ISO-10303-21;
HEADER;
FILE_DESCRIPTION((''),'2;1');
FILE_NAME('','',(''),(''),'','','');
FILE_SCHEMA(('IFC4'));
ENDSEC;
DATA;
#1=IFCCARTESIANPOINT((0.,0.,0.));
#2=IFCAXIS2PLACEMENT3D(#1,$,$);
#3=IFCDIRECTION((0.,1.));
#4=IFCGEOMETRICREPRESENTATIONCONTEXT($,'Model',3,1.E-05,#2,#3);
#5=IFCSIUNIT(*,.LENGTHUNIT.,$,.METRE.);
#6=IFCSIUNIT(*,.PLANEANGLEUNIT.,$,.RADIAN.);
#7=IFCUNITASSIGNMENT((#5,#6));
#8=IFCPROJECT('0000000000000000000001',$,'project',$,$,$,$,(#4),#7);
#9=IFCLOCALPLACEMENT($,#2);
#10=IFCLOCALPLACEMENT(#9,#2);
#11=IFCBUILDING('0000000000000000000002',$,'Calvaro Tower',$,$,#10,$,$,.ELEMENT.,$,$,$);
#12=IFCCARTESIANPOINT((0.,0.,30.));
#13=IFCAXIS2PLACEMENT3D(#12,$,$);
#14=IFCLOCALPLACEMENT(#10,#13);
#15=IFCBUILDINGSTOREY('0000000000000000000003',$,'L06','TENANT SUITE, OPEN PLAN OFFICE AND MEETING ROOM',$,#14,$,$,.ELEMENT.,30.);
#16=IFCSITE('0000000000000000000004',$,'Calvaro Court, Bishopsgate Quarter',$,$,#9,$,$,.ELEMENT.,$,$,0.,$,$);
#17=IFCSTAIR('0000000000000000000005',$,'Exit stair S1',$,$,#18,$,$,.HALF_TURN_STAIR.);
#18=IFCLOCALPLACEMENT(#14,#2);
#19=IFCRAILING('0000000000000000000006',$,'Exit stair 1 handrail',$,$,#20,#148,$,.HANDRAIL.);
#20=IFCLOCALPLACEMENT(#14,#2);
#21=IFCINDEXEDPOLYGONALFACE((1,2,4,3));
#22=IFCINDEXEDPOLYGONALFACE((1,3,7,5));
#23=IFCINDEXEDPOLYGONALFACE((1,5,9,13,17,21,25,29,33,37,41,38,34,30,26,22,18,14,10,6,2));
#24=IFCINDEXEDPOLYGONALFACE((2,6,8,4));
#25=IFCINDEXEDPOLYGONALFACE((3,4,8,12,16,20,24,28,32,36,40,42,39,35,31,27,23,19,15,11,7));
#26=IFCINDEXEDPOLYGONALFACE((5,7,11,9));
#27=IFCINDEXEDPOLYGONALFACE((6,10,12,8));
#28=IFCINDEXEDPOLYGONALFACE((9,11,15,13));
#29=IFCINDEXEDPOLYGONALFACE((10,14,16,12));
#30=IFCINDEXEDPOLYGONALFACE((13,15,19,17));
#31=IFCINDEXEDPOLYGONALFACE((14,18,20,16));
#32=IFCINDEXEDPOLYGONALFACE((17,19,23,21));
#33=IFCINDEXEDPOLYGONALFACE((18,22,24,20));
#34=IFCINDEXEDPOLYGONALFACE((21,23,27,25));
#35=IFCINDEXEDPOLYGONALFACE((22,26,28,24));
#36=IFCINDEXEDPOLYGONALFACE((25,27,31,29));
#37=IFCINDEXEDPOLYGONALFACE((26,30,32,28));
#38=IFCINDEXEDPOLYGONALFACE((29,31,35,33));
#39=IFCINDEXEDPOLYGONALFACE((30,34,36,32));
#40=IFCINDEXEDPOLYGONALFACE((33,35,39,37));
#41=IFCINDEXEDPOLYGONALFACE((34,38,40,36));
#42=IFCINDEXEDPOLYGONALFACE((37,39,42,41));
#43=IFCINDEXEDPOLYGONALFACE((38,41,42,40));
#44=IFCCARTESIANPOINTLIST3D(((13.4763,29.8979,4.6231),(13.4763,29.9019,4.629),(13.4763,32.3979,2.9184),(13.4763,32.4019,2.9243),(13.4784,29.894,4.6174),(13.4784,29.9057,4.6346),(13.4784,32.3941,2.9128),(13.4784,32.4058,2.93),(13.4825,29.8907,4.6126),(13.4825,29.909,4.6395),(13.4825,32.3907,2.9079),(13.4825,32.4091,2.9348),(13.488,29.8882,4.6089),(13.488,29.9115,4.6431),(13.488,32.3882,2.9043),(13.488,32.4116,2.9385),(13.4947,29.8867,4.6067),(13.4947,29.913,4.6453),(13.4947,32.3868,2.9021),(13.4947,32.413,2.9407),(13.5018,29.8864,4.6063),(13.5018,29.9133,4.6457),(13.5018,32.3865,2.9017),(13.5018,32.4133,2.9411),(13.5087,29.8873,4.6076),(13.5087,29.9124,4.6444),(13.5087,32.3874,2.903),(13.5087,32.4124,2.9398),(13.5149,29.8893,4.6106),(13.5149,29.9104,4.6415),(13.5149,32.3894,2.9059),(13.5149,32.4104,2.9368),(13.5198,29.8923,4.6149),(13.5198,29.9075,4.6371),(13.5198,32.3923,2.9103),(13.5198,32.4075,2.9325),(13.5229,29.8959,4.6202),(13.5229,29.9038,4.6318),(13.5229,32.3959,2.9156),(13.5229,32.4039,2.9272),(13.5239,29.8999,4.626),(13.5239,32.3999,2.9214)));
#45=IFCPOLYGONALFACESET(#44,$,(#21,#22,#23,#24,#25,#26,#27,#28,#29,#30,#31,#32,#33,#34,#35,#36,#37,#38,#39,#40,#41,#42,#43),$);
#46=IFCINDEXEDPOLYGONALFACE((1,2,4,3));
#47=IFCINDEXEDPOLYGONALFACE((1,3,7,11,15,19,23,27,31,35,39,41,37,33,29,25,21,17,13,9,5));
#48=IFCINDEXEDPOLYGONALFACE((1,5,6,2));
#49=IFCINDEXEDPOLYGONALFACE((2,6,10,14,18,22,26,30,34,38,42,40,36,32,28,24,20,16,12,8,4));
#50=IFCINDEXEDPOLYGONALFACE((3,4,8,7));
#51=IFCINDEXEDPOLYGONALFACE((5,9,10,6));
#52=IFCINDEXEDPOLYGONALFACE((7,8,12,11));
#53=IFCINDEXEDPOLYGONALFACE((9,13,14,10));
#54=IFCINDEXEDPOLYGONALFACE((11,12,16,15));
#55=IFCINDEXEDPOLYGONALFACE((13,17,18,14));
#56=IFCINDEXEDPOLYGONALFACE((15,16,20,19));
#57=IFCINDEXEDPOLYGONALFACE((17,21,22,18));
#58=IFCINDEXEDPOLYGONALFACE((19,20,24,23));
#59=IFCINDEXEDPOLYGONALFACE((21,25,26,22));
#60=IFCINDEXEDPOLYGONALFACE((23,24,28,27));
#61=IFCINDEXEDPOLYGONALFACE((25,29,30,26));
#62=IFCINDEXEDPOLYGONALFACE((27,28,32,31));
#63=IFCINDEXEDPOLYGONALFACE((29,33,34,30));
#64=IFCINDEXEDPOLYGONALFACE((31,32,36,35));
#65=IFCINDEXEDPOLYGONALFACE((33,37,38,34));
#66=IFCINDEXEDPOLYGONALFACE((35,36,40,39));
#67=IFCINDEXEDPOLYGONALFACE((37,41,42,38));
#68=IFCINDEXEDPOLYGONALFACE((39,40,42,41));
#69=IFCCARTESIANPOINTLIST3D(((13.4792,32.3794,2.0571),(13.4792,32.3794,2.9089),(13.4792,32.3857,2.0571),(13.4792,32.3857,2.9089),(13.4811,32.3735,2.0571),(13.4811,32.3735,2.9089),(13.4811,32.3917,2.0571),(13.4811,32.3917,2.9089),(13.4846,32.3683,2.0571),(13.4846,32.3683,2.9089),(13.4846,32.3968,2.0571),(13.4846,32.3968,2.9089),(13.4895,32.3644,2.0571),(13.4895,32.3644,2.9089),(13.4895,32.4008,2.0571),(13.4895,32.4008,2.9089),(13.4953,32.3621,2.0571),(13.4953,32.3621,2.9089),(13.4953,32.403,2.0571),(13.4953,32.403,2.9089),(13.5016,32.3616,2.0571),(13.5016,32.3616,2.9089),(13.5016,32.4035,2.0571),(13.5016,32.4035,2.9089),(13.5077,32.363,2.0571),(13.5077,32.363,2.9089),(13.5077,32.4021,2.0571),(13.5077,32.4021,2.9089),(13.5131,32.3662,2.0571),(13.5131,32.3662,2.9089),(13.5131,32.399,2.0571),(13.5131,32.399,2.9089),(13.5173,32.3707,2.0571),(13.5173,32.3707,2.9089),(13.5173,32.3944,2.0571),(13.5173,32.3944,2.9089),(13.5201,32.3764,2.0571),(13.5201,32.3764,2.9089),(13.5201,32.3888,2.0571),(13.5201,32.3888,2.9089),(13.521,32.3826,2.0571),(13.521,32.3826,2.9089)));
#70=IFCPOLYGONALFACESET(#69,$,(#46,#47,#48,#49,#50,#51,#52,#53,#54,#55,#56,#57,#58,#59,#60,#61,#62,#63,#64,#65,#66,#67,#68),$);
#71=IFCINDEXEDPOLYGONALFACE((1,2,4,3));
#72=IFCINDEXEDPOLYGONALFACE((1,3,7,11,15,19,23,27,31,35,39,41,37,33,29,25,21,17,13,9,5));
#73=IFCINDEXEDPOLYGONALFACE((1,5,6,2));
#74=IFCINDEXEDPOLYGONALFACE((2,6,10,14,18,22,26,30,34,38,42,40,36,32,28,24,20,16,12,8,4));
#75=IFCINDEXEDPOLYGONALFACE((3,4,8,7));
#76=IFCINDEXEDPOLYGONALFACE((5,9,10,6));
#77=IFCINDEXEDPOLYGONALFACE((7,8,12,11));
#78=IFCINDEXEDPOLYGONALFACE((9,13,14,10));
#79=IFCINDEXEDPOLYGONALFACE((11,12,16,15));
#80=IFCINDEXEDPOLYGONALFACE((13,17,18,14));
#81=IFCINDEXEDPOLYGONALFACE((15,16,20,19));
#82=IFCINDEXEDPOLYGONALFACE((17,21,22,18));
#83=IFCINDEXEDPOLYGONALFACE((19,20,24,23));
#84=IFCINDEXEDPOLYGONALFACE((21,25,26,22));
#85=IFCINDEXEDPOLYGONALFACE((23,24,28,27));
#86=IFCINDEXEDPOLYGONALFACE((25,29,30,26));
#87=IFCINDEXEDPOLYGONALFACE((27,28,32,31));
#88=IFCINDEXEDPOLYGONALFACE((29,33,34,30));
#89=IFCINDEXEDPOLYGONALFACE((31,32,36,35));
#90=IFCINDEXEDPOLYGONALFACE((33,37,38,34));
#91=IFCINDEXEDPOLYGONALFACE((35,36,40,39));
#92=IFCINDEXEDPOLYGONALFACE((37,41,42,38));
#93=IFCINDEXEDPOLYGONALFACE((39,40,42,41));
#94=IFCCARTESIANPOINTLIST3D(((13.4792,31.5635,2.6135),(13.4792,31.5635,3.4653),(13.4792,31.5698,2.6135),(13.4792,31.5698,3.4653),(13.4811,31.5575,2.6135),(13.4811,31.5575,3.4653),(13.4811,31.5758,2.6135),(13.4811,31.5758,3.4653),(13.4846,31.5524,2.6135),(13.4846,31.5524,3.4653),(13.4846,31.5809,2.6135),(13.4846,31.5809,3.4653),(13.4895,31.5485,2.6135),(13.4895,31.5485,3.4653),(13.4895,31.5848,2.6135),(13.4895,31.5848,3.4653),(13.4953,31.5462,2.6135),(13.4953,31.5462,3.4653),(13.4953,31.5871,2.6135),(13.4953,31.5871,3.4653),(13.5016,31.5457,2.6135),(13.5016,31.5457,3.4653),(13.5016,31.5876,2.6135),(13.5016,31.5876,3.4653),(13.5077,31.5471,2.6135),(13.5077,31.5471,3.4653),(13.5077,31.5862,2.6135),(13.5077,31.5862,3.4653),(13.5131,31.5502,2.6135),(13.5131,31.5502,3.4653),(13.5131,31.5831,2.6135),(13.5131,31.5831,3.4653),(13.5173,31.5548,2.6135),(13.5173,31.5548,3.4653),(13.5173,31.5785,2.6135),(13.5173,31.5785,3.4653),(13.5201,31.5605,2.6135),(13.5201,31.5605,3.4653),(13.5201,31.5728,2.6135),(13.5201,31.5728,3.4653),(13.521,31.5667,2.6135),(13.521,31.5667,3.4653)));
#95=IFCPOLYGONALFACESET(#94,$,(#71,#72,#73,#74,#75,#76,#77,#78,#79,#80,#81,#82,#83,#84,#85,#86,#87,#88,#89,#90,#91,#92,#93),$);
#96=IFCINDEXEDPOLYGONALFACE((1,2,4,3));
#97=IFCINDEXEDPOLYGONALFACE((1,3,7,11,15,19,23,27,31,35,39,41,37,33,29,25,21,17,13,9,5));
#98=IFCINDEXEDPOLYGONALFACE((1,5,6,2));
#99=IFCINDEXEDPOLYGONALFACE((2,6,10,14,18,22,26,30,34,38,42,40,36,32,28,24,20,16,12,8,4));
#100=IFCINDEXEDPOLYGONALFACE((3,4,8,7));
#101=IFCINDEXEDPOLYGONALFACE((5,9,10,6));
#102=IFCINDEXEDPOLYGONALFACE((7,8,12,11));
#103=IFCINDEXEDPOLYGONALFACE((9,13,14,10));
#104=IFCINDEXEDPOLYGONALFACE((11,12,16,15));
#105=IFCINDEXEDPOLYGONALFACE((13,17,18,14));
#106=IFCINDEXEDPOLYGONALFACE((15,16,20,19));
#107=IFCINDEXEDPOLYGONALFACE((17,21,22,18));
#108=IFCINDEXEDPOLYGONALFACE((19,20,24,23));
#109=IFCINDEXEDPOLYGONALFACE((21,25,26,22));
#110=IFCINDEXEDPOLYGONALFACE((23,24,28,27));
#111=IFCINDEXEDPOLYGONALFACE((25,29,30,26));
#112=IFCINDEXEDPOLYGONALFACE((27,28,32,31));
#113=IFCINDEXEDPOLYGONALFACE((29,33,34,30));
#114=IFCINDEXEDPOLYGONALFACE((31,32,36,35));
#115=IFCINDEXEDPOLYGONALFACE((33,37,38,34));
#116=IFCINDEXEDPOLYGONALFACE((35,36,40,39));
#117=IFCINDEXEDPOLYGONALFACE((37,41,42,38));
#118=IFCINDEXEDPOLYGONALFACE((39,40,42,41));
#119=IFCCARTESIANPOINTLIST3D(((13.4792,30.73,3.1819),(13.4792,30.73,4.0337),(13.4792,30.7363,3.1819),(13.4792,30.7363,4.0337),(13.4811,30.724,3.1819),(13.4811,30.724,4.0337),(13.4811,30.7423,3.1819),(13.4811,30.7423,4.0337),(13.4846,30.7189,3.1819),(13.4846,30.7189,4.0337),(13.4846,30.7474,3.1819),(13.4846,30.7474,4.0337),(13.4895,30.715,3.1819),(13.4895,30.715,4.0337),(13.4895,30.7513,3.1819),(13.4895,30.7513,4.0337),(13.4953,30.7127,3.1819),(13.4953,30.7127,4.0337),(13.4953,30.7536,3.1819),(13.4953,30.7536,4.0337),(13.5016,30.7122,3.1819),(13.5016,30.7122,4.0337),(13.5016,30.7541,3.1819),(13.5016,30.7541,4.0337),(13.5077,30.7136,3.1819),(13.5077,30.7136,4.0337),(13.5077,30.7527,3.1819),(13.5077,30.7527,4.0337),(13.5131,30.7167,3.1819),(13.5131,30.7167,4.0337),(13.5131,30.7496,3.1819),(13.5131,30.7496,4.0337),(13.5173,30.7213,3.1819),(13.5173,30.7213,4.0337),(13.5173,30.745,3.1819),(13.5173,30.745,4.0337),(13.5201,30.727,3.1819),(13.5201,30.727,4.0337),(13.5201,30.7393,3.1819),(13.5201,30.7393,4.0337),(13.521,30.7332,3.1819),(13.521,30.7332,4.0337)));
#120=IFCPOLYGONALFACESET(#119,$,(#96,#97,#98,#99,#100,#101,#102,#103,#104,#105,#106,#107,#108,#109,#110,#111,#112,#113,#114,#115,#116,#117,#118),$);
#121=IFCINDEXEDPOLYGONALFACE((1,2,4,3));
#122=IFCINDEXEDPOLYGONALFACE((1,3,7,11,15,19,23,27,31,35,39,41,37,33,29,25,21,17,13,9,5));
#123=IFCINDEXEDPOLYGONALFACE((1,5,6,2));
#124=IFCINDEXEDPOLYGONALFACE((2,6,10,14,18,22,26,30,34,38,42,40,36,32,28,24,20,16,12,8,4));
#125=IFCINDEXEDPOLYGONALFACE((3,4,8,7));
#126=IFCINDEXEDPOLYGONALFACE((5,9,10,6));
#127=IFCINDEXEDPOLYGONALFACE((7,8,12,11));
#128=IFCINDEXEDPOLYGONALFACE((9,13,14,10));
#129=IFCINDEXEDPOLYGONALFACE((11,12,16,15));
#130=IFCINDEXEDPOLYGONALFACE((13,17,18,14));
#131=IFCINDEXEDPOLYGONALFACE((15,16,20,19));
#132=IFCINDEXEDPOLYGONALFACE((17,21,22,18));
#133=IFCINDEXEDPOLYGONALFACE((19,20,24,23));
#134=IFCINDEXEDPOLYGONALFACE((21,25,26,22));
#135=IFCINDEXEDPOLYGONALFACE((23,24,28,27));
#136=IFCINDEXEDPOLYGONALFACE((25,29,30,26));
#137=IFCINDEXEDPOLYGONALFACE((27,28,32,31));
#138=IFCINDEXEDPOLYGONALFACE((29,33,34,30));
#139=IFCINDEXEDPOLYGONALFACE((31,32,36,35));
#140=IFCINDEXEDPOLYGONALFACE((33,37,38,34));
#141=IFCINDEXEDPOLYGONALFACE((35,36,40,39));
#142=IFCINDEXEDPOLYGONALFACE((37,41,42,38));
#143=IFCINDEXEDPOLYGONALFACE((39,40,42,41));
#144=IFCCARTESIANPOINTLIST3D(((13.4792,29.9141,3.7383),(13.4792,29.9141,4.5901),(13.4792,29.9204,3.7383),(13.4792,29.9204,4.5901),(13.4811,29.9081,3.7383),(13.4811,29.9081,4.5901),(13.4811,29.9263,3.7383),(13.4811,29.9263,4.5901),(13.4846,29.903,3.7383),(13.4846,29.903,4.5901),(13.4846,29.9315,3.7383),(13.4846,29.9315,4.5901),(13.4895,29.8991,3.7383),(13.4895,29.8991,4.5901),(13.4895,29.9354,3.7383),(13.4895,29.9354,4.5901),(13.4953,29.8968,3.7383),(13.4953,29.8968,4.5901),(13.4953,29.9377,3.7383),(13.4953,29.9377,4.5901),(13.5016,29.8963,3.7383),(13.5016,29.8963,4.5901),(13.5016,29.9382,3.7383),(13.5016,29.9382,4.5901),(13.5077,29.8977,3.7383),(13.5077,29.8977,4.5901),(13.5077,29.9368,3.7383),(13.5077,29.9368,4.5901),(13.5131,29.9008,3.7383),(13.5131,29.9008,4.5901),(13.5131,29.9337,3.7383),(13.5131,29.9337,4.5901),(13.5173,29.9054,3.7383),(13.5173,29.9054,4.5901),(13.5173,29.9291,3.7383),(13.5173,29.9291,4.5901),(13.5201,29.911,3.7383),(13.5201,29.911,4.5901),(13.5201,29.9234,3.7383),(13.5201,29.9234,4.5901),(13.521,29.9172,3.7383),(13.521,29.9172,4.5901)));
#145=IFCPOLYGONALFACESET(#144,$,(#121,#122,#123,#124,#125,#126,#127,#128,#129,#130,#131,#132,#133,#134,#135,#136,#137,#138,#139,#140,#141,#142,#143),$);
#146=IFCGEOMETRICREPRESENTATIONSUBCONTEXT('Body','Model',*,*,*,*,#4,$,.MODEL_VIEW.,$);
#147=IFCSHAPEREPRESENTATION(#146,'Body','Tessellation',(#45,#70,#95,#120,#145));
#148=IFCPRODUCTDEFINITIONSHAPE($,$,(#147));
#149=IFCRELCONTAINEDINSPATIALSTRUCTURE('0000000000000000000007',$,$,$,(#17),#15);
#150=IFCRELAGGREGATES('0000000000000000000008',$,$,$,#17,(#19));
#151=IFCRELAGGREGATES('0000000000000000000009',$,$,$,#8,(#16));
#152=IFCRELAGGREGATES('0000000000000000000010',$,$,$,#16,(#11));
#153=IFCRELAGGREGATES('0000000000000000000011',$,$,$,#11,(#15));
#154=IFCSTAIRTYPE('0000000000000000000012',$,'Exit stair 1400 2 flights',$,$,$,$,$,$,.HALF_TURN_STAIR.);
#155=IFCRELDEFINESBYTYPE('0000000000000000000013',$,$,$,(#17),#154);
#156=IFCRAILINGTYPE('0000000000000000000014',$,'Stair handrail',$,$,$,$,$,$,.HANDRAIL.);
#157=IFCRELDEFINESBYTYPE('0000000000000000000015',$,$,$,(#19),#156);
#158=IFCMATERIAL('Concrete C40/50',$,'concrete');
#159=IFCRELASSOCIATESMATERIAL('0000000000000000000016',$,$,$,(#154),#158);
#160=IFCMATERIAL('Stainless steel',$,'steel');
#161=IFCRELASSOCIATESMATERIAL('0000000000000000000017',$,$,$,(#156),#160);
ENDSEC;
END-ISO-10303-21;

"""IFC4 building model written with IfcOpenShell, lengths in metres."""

from ifc_helpers import new_model, si_unit, direction, frame, origin, origin_2d, place, context, subcontext, project, spatial, circle, extrude, material, type_object, element, aggregate, save


model = new_model("IFC4")

# Units and contexts
model_context = context("Model", 3, precision=1e-05, world=origin(), true_north=direction((0.0, 1.0)))
body_context = subcontext(model_context, "Body", "Model", "MODEL_VIEW")
ifc_project = project(units=[si_unit("LENGTHUNIT", "METRE"), si_unit("PLANEANGLEUNIT", "RADIAN")], contexts=[model_context])

# Site, building, storey
site_placement = place(None, origin())
site = spatial("IfcSite", under=ifc_project, at=site_placement, Name="Calvaro Court, Bishopsgate Quarter", CompositionType="ELEMENT", RefElevation=0.0)
building_placement = place(site_placement, origin())
building = spatial("IfcBuilding", under=site, at=building_placement, Name="Calvaro Tower", CompositionType="ELEMENT")
storey_placement = place(building_placement, frame((0.0, 0.0, 30.0)))
storey = spatial("IfcBuildingStorey", under=building, at=storey_placement, Name="L06", Description="TENANT SUITE, OPEN PLAN OFFICE AND MEETING ROOM", CompositionType="ELEMENT", Elevation=30.0)

# Stair, railing
ifc_material_1 = material(Name="Concrete C40/50", Category="concrete")
stair_type = type_object("IfcStairType", Name="Exit stair 1400 2 flights", PredefinedType="HALF_TURN_STAIR", material=ifc_material_1)
stair_placement = place(storey_placement, origin())
stair = element("IfcStair", 1, at=stair_placement, inside=storey, type_object=stair_type, Name="Exit stair S1", PredefinedType="HALF_TURN_STAIR")
ifc_material_2 = material(Name="Stainless steel", Category="steel")
railing_type = type_object("IfcRailingType", Name="Stair handrail", PredefinedType="HANDRAIL", material=ifc_material_2)
railing_1_placement = place(storey_placement, frame((13.5, 32.3999, 2.0454)))
railing_1 = element("IfcRailing", 2, at=railing_1_placement, type_object=railing_type, Name="Exit stair 1 handrail", PredefinedType="HANDRAIL", context=body_context, shape_type="SweptSolid", body=[
    extrude(circle(Radius=0.0239, at=origin_2d()), frame((0.0, 0.0, 0.876), z_axis=(0.0, -0.826221, 0.563347), x_axis=(1.0, 0.0, 0.0)), (0.0, 0.0, 1.0), 3.0259),
    extrude(circle(Radius=0.021, at=origin_2d()), frame((0.0, -0.0173, 0.0117)), (0.0, 0.0, 1.0), 0.8518),
    extrude(circle(Radius=0.021, at=origin_2d()), frame((0.0, -0.8333, 0.5681)), (0.0, 0.0, 1.0), 0.8518),
    extrude(circle(Radius=0.021, at=origin_2d()), frame((0.0, -1.6667, 1.1365)), (0.0, 0.0, 1.0), 0.8518),
    extrude(circle(Radius=0.021, at=origin_2d()), frame((0.0, -2.4827, 1.6929)), (0.0, 0.0, 1.0), 0.8518),
])
aggregate(stair, [railing_1])

save(model, "model.ifc")
